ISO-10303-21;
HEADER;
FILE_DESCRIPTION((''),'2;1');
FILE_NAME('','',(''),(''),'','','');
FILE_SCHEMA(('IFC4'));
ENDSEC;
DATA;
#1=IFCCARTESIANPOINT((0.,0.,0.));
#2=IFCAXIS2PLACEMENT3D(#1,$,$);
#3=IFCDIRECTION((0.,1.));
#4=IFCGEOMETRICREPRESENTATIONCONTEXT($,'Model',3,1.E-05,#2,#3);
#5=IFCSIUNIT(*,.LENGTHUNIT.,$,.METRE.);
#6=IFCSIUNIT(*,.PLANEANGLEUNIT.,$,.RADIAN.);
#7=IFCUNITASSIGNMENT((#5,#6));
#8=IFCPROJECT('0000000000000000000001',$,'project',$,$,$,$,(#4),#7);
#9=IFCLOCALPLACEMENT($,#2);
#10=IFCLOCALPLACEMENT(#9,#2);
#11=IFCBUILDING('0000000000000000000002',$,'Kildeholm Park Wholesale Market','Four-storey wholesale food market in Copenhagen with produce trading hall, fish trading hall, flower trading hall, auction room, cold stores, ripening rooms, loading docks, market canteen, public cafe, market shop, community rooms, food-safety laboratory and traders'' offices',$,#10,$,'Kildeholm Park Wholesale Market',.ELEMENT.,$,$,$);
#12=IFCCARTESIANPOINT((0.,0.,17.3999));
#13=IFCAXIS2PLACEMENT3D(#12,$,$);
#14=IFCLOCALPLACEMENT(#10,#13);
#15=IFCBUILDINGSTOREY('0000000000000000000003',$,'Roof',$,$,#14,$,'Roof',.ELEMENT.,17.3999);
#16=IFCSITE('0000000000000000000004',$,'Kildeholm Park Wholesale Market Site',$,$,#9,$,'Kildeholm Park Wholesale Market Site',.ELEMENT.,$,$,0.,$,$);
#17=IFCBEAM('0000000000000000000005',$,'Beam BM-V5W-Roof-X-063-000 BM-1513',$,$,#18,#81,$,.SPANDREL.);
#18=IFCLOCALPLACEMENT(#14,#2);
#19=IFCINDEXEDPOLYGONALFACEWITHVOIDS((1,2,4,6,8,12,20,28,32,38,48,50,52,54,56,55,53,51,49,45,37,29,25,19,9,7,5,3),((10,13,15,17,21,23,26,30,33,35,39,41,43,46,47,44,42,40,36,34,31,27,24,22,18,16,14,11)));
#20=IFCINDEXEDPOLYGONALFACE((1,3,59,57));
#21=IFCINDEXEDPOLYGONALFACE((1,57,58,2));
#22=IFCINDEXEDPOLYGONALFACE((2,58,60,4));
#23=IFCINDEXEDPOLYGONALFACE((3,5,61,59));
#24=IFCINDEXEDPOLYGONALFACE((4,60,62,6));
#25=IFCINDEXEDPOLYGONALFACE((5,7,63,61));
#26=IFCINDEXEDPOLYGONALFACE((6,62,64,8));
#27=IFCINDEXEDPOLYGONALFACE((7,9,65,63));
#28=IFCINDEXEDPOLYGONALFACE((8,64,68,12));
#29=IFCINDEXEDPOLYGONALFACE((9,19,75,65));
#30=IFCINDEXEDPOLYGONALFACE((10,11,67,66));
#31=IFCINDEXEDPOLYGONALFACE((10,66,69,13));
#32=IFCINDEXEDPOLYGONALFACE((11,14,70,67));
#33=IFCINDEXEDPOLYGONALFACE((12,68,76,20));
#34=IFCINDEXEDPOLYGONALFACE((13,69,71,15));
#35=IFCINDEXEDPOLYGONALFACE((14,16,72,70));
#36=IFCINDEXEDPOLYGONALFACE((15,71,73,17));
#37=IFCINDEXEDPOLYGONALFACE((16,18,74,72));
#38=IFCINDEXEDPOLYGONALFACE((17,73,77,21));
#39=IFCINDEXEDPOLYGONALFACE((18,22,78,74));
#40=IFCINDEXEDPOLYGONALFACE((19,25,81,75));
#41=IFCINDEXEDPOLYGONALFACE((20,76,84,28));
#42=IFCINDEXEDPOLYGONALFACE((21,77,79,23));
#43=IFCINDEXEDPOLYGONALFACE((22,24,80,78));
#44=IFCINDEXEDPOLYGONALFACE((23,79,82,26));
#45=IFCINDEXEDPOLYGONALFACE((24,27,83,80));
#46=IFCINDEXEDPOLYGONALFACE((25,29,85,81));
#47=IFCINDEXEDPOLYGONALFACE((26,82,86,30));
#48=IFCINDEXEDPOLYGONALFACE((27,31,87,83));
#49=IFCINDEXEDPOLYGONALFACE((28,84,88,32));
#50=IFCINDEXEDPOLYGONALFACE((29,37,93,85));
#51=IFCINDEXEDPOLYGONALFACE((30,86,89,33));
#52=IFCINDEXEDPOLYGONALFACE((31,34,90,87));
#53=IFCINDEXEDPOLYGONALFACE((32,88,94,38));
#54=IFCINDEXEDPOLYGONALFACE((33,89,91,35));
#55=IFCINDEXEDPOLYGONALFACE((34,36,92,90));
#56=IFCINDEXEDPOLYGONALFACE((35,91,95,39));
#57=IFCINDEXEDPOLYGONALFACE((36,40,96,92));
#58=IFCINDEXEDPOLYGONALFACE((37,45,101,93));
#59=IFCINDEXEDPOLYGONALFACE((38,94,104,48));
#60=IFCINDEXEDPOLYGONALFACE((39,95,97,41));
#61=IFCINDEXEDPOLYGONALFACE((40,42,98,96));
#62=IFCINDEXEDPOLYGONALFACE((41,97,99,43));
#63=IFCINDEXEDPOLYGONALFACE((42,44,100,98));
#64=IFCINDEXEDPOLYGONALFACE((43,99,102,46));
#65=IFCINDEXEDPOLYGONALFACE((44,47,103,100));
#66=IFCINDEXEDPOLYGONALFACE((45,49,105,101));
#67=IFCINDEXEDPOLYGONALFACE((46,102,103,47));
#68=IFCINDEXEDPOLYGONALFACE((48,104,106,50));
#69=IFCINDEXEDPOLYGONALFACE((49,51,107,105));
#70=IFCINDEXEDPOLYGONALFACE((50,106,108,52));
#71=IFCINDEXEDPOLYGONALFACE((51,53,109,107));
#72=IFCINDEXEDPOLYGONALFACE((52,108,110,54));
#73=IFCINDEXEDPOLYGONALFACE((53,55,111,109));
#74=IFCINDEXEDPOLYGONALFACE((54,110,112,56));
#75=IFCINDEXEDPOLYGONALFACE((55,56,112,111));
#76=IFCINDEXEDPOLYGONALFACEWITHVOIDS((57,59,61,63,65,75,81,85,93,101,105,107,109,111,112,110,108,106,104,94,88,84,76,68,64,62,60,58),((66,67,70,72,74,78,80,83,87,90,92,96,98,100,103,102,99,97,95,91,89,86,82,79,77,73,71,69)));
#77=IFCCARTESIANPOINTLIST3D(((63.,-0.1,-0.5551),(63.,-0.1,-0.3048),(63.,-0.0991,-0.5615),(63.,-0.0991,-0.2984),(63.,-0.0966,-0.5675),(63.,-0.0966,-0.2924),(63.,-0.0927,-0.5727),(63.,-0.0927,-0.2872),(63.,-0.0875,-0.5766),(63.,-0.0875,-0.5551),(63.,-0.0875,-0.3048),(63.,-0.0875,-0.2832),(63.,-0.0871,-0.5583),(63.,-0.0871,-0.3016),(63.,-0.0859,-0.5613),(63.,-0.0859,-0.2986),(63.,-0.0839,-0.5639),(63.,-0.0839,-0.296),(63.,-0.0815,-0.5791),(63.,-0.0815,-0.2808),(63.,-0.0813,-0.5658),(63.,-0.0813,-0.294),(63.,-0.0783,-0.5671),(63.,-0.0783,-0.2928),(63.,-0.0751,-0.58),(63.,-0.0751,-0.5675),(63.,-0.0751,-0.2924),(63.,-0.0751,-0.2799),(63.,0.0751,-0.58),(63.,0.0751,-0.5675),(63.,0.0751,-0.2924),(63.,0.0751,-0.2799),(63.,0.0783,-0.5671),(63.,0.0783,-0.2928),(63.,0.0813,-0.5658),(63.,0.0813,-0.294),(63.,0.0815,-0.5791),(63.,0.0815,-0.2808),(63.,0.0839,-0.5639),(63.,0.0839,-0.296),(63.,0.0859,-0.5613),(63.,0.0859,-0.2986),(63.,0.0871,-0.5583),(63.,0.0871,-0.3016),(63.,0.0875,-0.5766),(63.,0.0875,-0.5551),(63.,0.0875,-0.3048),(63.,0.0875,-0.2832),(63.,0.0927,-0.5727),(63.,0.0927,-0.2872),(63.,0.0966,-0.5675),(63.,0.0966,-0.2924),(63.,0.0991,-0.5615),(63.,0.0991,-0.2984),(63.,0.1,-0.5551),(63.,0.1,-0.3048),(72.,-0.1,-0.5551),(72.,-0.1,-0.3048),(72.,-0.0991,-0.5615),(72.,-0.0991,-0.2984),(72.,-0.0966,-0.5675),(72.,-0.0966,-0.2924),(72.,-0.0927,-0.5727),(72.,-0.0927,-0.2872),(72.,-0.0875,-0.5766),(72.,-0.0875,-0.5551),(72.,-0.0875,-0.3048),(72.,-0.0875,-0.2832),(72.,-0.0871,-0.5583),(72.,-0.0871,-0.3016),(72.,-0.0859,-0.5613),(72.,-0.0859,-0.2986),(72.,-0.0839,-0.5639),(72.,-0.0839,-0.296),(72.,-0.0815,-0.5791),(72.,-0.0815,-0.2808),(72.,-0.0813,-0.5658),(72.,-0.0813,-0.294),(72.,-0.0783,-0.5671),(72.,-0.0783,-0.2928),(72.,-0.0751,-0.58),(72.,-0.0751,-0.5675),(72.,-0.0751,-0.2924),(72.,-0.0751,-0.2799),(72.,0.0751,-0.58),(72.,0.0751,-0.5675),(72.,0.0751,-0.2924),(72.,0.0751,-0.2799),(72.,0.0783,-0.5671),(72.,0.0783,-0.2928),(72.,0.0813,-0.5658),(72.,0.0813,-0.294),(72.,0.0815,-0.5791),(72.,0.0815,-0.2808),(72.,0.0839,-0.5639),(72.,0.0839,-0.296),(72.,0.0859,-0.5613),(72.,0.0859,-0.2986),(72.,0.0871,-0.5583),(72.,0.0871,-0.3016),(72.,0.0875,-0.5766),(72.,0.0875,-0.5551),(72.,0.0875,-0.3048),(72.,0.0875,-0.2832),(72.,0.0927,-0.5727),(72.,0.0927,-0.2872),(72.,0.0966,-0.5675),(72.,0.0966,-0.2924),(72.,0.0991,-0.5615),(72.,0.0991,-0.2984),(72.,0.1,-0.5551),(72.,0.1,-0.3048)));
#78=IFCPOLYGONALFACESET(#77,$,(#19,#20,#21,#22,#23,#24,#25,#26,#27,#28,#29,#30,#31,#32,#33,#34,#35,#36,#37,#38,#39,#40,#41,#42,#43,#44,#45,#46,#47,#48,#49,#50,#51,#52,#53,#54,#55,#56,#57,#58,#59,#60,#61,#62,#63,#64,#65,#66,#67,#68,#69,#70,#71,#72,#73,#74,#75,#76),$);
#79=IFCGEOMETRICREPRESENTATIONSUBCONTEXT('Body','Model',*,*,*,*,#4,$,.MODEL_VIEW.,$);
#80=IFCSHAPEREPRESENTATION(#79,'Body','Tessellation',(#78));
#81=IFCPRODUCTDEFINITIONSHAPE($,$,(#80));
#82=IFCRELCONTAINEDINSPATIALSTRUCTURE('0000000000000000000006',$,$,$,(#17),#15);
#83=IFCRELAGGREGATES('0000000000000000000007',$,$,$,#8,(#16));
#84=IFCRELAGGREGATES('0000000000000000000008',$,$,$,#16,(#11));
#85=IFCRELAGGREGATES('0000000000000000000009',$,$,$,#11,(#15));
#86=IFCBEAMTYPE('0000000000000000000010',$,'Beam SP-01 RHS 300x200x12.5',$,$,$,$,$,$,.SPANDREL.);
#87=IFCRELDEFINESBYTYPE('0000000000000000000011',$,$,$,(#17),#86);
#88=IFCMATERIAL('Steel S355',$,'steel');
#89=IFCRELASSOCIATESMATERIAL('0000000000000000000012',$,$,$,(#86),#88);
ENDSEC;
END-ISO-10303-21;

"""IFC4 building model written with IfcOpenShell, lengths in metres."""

from ifc_helpers import new_model, si_unit, direction, frame, origin, origin_2d, place, context, subcontext, project, spatial, hollow_rectangle, extrude, material, material_profile, profile_set, type_object, element, save


model = new_model("IFC4")

# Units and contexts
model_context = context("Model", 3, precision=1e-05, world=origin(), true_north=direction((0.0, 1.0)))
body_context = subcontext(model_context, "Body", "Model", "MODEL_VIEW")
ifc_project = project(units=[si_unit("LENGTHUNIT", "METRE"), si_unit("PLANEANGLEUNIT", "RADIAN")], contexts=[model_context])

# Site, building, storey
site_placement = place(None, origin())
site = spatial("IfcSite", under=ifc_project, at=site_placement, Name="Kildeholm Park Wholesale Market Site", LongName="Kildeholm Park Wholesale Market Site", CompositionType="ELEMENT", RefElevation=0.0)
building_placement = place(site_placement, origin())
building = spatial("IfcBuilding", under=site, at=building_placement, Name="Kildeholm Park Wholesale Market", Description="Four-storey wholesale food market in Copenhagen with produce trading hall, fish trading hall, flower trading hall, auction room, cold stores, ripening rooms, loading docks, market canteen, public cafe, market shop, community rooms, food-safety laboratory and traders' offices", LongName="Kildeholm Park Wholesale Market", CompositionType="ELEMENT")
storey_placement = place(building_placement, frame((0.0, 0.0, 17.3999)))
storey = spatial("IfcBuildingStorey", under=building, at=storey_placement, Name="Roof", LongName="Roof", CompositionType="ELEMENT", Elevation=17.3999)

# Beam
ifc_material = material(Name="Steel S355", Category="steel")
ifc_material_profile_1 = material_profile(ifc_material, hollow_rectangle(XDim=0.2, YDim=0.3, WallThickness=0.0125, InnerFilletRadius=0.0125, OuterFilletRadius=0.0249, at=origin_2d()), Name="RHS 300x200x12.5")
ifc_profile_set_1 = profile_set([ifc_material_profile_1], Name="Steel S355")
beam_type_1 = type_object("IfcBeamType", Name="Beam SP-01 RHS 300x200x12.5", PredefinedType="SPANDREL", material=ifc_profile_set_1)
for number, where, z_axis, x_axis, name in (
    (1, (63.0, 0.0, -0.4299), (1.0, 0.0, 0.0), (0.0, 1.0, 0.0), "Beam BM-V5W-Roof-X-063-000 BM-1513"),
):
    element("IfcBeam", number, at=place(storey_placement, frame(where, z_axis=z_axis, x_axis=x_axis)), inside=storey, type_object=beam_type_1, Name=name, PredefinedType="SPANDREL", context=body_context, shape_type="SweptSolid", body=[
        extrude(hollow_rectangle(XDim=0.2, YDim=0.3, WallThickness=0.0125, InnerFilletRadius=0.0125, OuterFilletRadius=0.0249, at=origin_2d()), origin(), (0.0, 0.0, 1.0), 9.0),
    ])

save(model, "model.ifc")
